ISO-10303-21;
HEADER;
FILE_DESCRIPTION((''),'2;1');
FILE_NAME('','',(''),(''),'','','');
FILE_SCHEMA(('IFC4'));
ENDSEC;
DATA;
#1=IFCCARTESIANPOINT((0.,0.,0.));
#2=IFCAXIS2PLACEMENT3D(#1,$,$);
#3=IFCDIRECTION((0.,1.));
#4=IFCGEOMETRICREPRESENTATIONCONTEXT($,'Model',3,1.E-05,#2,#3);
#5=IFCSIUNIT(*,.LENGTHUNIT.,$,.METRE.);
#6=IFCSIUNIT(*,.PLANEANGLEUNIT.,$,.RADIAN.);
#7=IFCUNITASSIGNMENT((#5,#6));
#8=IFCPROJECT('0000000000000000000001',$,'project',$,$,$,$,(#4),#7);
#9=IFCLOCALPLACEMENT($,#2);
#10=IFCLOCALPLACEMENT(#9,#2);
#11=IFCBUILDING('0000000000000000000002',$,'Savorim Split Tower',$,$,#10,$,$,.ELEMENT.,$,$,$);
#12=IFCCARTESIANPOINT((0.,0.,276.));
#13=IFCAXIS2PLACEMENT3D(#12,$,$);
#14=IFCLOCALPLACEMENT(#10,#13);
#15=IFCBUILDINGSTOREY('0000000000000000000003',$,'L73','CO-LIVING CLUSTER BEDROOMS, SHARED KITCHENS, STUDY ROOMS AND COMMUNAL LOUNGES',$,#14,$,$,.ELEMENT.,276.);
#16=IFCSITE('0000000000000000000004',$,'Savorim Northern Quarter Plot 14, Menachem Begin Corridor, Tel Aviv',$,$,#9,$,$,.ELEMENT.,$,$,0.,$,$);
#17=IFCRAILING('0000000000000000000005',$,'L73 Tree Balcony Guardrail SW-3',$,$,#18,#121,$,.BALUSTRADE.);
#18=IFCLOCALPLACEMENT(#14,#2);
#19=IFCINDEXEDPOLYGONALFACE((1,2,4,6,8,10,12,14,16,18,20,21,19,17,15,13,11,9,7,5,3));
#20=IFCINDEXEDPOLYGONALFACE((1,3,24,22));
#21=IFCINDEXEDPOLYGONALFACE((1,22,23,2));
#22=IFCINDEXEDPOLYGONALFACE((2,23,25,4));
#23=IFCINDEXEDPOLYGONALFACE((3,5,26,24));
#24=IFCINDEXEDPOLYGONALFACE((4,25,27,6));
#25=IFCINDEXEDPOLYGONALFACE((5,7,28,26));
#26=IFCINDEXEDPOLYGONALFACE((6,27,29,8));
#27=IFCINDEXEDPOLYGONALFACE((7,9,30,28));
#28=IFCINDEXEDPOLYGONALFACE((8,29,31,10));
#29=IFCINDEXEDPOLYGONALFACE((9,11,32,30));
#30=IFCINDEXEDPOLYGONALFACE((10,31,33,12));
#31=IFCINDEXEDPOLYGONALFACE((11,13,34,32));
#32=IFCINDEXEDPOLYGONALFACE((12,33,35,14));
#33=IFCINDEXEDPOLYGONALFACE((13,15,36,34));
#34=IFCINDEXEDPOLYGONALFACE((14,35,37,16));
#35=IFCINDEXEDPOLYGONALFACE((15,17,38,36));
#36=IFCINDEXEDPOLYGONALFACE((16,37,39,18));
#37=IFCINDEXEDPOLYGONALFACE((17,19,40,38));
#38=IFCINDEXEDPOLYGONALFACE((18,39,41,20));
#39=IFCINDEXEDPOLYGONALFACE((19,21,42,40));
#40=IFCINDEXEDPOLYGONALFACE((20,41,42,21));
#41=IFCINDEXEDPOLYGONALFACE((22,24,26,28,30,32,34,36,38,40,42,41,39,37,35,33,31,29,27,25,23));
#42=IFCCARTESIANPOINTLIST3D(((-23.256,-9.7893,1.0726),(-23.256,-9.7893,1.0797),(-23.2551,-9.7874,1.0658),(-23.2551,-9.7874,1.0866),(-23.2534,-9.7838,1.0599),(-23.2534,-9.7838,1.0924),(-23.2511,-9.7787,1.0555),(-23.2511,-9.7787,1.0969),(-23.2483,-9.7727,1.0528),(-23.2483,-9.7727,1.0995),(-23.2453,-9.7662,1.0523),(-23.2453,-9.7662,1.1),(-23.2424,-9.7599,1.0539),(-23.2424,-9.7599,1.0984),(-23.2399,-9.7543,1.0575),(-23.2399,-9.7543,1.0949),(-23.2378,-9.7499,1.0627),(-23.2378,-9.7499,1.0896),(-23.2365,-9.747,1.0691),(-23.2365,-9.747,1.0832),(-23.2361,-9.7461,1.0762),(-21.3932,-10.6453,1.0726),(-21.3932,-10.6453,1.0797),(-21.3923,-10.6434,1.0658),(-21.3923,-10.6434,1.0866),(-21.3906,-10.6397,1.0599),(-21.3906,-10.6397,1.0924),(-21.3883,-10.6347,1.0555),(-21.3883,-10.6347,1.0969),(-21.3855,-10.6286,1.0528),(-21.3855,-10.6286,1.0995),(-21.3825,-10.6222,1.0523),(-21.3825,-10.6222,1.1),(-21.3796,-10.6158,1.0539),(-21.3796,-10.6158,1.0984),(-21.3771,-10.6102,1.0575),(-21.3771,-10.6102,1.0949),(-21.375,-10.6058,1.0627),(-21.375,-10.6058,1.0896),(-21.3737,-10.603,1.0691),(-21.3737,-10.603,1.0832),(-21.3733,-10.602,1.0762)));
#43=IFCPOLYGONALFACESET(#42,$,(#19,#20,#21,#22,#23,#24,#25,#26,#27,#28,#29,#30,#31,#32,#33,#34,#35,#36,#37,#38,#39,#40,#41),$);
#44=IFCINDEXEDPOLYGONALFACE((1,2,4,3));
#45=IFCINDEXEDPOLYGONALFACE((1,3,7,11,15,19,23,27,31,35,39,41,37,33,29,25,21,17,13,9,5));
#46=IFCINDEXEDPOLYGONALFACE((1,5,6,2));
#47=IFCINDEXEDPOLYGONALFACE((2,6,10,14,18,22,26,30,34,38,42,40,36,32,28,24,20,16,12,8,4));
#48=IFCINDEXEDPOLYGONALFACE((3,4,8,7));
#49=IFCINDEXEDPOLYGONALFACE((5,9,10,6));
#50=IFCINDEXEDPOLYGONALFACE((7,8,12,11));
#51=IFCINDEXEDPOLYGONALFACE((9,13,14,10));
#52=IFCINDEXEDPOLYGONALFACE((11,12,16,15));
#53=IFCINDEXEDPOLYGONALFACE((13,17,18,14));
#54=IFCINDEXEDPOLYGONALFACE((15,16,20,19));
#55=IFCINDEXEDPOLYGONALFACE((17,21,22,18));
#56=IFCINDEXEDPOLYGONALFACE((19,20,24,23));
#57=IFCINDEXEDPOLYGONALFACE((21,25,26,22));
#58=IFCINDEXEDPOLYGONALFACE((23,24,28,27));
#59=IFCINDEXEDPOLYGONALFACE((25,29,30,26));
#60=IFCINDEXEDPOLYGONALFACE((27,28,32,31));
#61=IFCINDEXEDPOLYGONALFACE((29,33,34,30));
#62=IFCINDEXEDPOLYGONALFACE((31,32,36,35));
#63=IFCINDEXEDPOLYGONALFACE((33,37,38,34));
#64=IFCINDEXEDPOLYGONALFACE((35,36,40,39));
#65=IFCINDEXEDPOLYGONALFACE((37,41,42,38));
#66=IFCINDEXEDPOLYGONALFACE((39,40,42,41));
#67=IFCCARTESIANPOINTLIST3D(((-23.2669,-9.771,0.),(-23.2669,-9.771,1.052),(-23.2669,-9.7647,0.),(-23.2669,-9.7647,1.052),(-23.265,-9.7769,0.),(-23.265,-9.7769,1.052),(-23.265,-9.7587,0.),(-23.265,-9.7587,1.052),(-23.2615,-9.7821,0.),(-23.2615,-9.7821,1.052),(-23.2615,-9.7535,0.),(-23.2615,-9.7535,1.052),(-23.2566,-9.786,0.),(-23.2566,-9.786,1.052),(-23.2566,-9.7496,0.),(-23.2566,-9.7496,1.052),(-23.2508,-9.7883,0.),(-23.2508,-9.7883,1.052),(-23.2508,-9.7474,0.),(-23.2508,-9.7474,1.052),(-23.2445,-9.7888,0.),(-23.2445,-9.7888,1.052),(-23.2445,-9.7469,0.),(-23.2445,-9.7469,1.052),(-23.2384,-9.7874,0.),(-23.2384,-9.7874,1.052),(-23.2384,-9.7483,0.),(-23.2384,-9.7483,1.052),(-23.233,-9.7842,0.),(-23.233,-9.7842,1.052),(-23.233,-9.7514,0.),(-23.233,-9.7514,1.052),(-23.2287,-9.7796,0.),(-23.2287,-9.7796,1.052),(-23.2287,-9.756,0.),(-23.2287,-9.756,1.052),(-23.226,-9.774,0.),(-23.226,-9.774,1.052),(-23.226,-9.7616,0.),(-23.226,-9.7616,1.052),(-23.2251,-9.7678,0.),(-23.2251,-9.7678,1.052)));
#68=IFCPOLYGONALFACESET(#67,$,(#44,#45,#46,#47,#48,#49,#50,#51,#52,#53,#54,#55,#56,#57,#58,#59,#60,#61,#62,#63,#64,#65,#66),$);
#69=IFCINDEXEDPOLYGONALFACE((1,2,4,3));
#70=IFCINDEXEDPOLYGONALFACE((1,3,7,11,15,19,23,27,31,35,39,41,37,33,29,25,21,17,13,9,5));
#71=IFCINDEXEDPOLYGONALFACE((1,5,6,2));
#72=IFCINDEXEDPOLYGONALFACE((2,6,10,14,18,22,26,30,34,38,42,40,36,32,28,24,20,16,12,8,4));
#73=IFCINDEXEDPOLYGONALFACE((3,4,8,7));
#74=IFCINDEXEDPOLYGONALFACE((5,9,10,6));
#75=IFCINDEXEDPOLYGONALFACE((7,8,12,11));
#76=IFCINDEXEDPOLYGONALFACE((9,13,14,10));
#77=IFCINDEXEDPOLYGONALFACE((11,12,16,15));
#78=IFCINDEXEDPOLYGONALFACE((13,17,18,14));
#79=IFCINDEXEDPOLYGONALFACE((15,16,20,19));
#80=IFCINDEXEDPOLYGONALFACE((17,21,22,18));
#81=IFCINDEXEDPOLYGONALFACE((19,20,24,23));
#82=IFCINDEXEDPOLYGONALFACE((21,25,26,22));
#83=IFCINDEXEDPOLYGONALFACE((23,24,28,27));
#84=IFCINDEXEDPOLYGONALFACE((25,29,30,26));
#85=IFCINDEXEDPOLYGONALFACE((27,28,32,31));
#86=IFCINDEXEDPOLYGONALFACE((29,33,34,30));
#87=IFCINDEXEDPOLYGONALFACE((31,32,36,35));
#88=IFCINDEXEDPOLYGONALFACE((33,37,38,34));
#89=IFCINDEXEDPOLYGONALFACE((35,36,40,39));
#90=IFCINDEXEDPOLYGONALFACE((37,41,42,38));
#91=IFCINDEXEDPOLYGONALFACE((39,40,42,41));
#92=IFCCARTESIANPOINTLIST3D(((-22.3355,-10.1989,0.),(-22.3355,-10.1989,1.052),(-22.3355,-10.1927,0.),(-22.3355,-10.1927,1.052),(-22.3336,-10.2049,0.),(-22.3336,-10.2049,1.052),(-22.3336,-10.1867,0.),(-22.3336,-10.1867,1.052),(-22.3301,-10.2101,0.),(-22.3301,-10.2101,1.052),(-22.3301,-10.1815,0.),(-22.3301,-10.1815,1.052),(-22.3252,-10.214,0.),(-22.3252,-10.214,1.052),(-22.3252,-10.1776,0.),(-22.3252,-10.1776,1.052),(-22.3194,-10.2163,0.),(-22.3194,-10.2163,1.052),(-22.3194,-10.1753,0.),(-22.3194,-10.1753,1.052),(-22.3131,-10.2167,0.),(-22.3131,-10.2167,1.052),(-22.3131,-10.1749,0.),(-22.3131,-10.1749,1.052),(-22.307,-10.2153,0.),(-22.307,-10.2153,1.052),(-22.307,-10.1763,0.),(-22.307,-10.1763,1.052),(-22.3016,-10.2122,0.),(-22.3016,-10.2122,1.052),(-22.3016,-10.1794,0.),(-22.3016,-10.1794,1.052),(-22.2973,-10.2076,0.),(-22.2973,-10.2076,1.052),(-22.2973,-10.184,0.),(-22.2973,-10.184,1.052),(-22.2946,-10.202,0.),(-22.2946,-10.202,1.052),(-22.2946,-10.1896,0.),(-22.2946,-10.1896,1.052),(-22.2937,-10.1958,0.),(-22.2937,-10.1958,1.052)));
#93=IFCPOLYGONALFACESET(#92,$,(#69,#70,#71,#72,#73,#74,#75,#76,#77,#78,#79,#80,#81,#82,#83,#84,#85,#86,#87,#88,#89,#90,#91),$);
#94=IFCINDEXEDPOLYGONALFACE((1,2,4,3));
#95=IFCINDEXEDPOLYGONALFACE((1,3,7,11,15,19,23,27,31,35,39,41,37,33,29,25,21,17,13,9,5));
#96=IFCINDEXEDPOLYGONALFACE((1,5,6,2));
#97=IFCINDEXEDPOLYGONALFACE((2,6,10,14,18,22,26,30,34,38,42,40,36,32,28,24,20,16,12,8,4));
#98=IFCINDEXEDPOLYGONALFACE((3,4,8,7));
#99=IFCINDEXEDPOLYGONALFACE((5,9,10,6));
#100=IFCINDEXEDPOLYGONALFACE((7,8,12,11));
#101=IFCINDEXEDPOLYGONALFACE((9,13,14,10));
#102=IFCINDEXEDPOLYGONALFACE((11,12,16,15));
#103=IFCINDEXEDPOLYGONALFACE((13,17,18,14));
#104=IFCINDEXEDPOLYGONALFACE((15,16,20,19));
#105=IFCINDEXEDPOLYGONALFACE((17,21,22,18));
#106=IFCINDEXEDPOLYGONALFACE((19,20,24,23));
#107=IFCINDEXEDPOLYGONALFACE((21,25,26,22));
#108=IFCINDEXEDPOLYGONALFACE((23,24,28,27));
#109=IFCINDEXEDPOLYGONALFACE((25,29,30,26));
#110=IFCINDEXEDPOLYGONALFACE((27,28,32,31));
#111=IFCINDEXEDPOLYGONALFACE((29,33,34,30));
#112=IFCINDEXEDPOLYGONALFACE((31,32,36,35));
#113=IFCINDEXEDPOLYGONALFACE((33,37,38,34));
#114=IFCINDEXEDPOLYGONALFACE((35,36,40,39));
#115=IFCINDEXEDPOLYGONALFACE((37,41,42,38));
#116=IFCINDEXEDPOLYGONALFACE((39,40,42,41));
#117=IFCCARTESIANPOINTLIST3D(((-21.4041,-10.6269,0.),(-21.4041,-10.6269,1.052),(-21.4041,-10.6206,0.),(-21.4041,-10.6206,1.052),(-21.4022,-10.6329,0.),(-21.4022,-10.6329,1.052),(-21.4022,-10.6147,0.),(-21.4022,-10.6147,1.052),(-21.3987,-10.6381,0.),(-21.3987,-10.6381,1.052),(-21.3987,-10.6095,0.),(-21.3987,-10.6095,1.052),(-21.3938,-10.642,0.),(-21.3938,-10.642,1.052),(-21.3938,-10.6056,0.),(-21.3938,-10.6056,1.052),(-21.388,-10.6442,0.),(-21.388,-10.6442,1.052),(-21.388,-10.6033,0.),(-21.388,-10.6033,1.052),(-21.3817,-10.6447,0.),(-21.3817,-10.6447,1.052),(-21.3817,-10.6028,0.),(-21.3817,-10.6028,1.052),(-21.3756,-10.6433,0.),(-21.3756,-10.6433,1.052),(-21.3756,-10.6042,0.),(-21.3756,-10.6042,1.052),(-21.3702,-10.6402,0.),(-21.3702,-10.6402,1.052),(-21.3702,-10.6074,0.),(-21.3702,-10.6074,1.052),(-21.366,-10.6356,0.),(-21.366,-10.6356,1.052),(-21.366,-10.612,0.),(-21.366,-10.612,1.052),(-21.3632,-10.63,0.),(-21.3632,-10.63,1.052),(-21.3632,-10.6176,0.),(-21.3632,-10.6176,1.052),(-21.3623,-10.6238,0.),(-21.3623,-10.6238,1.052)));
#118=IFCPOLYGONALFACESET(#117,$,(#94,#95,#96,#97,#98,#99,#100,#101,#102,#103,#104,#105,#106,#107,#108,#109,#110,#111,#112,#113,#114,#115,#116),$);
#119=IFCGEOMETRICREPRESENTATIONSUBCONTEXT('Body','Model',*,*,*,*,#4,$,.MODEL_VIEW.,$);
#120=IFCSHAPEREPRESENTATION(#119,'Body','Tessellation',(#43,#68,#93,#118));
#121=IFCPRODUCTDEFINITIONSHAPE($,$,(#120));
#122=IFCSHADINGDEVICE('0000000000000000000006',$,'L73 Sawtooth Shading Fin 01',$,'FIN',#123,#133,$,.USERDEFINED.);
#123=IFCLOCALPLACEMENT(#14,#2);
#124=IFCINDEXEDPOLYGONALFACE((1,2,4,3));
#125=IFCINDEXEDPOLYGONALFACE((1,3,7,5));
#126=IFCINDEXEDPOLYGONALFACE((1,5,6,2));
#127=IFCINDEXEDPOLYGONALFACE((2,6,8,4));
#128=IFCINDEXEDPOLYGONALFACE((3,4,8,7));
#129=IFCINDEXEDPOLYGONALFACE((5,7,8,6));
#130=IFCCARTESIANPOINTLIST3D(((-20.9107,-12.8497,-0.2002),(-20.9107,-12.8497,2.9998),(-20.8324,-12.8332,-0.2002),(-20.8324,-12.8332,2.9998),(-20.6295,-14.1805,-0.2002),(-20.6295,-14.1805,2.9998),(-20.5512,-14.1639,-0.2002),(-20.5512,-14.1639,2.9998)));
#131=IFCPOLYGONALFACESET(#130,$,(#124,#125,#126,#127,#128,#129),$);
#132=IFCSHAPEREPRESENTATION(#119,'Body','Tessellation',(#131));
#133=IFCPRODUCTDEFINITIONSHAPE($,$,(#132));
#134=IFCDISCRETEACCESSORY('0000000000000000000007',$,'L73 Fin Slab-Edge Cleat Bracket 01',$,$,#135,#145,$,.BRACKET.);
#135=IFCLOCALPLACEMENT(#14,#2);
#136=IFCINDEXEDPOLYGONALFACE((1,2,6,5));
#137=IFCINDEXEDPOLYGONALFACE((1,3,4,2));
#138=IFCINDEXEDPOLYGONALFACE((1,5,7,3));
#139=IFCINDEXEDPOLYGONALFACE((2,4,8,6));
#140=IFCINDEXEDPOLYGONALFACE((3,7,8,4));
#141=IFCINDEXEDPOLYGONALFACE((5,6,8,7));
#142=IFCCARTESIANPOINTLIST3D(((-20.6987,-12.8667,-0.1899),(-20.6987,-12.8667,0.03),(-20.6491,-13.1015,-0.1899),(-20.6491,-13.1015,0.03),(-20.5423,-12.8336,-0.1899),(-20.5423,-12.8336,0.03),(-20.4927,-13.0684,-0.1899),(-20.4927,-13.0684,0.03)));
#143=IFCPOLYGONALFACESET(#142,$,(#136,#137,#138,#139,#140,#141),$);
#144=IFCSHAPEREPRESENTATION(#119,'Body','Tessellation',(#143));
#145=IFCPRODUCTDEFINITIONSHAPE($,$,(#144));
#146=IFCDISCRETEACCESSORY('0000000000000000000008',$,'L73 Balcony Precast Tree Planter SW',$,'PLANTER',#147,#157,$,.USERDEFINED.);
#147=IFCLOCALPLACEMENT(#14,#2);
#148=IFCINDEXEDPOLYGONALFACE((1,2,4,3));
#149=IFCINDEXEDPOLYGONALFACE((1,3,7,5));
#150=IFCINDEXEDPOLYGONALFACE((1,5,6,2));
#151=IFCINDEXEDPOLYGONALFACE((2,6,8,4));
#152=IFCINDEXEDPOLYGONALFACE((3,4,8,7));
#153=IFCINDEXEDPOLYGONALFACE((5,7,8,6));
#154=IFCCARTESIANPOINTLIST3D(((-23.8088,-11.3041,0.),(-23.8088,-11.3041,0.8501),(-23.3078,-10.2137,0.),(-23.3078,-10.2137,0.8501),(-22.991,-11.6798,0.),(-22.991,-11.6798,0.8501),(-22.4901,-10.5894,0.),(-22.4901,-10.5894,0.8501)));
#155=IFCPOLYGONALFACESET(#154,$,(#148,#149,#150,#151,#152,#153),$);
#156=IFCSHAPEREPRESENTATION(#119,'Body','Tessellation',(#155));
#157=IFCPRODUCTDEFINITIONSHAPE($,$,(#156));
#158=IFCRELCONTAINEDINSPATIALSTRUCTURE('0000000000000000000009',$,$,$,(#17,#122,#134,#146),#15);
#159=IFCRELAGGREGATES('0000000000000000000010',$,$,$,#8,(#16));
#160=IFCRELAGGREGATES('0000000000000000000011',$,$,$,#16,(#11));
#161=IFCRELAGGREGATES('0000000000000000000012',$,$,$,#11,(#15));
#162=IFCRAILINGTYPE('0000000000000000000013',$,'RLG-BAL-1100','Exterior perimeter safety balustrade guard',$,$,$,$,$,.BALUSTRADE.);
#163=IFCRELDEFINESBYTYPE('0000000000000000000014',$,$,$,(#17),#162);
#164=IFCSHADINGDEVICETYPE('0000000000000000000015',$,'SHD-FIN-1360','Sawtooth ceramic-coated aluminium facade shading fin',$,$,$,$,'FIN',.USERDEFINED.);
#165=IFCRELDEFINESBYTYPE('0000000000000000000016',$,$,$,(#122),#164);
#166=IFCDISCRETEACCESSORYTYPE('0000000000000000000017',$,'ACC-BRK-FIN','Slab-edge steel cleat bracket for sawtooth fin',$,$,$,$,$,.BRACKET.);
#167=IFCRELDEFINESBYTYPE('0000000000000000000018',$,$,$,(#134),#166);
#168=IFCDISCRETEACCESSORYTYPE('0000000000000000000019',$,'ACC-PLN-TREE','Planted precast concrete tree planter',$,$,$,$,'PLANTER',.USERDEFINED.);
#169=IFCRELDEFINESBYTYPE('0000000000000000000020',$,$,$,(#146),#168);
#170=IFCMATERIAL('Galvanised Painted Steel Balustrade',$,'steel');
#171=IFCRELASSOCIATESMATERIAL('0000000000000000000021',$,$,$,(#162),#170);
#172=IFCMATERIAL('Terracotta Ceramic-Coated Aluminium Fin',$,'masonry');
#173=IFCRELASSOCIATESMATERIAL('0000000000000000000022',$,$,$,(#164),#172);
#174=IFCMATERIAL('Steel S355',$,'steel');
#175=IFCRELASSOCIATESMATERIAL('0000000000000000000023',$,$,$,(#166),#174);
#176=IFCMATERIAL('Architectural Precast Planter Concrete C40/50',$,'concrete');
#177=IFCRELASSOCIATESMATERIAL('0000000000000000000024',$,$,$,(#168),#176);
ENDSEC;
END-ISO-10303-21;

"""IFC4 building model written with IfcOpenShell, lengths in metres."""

from ifc_helpers import new_model, si_unit, direction, frame, origin, origin_2d, place, context, subcontext, project, spatial, rectangle, circle, extrude, material, type_object, element, save


model = new_model("IFC4")

# Units and contexts
model_context = context("Model", 3, precision=1e-05, world=origin(), true_north=direction((0.0, 1.0)))
body_context = subcontext(model_context, "Body", "Model", "MODEL_VIEW")
ifc_project = project(units=[si_unit("LENGTHUNIT", "METRE"), si_unit("PLANEANGLEUNIT", "RADIAN")], contexts=[model_context])

# Site, building, storey
site_placement = place(None, origin())
site = spatial("IfcSite", under=ifc_project, at=site_placement, Name="Savorim Northern Quarter Plot 14, Menachem Begin Corridor, Tel Aviv", CompositionType="ELEMENT", RefElevation=0.0)
building_placement = place(site_placement, origin())
building = spatial("IfcBuilding", under=site, at=building_placement, Name="Savorim Split Tower", CompositionType="ELEMENT")
storey_placement = place(building_placement, frame((0.0, 0.0, 276.0)))
storey = spatial("IfcBuildingStorey", under=building, at=storey_placement, Name="L73", Description="CO-LIVING CLUSTER BEDROOMS, SHARED KITCHENS, STUDY ROOMS AND COMMUNAL LOUNGES", CompositionType="ELEMENT", Elevation=276.0)

# Shared definitions
ifc_material_1 = material(Name="Steel S355", Category="steel")

# Railing
ifc_material_2 = material(Name="Galvanised Painted Steel Balustrade", Category="steel")
railing_type = type_object("IfcRailingType", Name="RLG-BAL-1100", Description="Exterior perimeter safety balustrade guard", PredefinedType="BALUSTRADE", material=ifc_material_2)
railing_1_placement = place(storey_placement, frame((-23.2461, -9.7678, 0.0)))
element("IfcRailing", 1, at=railing_1_placement, inside=storey, type_object=railing_type, Name="L73 Tree Balcony Guardrail SW-3", PredefinedType="BALUSTRADE", context=body_context, shape_type="SweptSolid", body=[
    extrude(circle(Radius=0.0239, at=origin_2d()), frame((0.0, 0.0, 1.0762), z_axis=(0.908662, -0.417532, 0.0), x_axis=(0.417532, 0.908662, 0.0)), (0.0, 0.0, 1.0), 2.05),
    extrude(circle(Radius=0.021, at=origin_2d()), origin(), (0.0, 0.0, 1.0), 1.052),
    extrude(circle(Radius=0.021, at=origin_2d()), frame((0.9314, -0.428, 0.0)), (0.0, 0.0, 1.0), 1.052),
    extrude(circle(Radius=0.021, at=origin_2d()), frame((1.8628, -0.856, 0.0)), (0.0, 0.0, 1.0), 1.052),
])

# Shading device
ifc_material_3 = material(Name="Terracotta Ceramic-Coated Aluminium Fin", Category="masonry")
shading_device_type = type_object("IfcShadingDeviceType", Name="SHD-FIN-1360", Description="Sawtooth ceramic-coated aluminium facade shading fin", ElementType="FIN", PredefinedType="USERDEFINED", material=ifc_material_3)
shading_device_placement = place(storey_placement, frame((-20.731, -13.5068, -0.2002), z_axis=(0.0, 0.0, 1.0), x_axis=(0.206722, -0.9784, 0.0)))
element("IfcShadingDevice", 2, at=shading_device_placement, inside=storey, type_object=shading_device_type, Name="L73 Sawtooth Shading Fin 01", ObjectType="FIN", PredefinedType="USERDEFINED", context=body_context, shape_type="SweptSolid", body=[
    extrude(rectangle(XDim=1.3601, YDim=0.0801, at=origin_2d()), origin(), (0.0, 0.0, 1.0), 3.2),
])

# Discrete accessories
discrete_accessory_type_1 = type_object("IfcDiscreteAccessoryType", Name="ACC-BRK-FIN", Description="Slab-edge steel cleat bracket for sawtooth fin", PredefinedType="BRACKET", material=ifc_material_1)
discrete_accessory_1_placement = place(storey_placement, frame((-20.5957, -12.9675, -0.1899), z_axis=(0.0, 0.0, 1.0), x_axis=(0.206722, -0.9784, 0.0)))
element("IfcDiscreteAccessory", 3, at=discrete_accessory_1_placement, inside=storey, type_object=discrete_accessory_type_1, Name="L73 Fin Slab-Edge Cleat Bracket 01", PredefinedType="BRACKET", context=body_context, shape_type="SweptSolid", body=[
    extrude(rectangle(XDim=0.24, YDim=0.1599, at=origin_2d()), origin(), (0.0, 0.0, 1.0), 0.22),
])
ifc_material_4 = material(Name="Architectural Precast Planter Concrete C40/50", Category="concrete")
discrete_accessory_type_2 = type_object("IfcDiscreteAccessoryType", Name="ACC-PLN-TREE", Description="Planted precast concrete tree planter", ElementType="PLANTER", PredefinedType="USERDEFINED", material=ifc_material_4)
discrete_accessory_2_placement = place(storey_placement, frame((-23.1494, -10.9468, 0.0), z_axis=(0.0, 0.0, 1.0), x_axis=(-0.417493, -0.90868, 0.0)))
element("IfcDiscreteAccessory", 4, at=discrete_accessory_2_placement, inside=storey, type_object=discrete_accessory_type_2, Name="L73 Balcony Precast Tree Planter SW", ObjectType="PLANTER", PredefinedType="USERDEFINED", context=body_context, shape_type="SweptSolid", body=[
    extrude(rectangle(XDim=1.2, YDim=0.8999, at=origin_2d()), origin(), (0.0, 0.0, 1.0), 0.8501),
])

save(model, "model.ifc")
